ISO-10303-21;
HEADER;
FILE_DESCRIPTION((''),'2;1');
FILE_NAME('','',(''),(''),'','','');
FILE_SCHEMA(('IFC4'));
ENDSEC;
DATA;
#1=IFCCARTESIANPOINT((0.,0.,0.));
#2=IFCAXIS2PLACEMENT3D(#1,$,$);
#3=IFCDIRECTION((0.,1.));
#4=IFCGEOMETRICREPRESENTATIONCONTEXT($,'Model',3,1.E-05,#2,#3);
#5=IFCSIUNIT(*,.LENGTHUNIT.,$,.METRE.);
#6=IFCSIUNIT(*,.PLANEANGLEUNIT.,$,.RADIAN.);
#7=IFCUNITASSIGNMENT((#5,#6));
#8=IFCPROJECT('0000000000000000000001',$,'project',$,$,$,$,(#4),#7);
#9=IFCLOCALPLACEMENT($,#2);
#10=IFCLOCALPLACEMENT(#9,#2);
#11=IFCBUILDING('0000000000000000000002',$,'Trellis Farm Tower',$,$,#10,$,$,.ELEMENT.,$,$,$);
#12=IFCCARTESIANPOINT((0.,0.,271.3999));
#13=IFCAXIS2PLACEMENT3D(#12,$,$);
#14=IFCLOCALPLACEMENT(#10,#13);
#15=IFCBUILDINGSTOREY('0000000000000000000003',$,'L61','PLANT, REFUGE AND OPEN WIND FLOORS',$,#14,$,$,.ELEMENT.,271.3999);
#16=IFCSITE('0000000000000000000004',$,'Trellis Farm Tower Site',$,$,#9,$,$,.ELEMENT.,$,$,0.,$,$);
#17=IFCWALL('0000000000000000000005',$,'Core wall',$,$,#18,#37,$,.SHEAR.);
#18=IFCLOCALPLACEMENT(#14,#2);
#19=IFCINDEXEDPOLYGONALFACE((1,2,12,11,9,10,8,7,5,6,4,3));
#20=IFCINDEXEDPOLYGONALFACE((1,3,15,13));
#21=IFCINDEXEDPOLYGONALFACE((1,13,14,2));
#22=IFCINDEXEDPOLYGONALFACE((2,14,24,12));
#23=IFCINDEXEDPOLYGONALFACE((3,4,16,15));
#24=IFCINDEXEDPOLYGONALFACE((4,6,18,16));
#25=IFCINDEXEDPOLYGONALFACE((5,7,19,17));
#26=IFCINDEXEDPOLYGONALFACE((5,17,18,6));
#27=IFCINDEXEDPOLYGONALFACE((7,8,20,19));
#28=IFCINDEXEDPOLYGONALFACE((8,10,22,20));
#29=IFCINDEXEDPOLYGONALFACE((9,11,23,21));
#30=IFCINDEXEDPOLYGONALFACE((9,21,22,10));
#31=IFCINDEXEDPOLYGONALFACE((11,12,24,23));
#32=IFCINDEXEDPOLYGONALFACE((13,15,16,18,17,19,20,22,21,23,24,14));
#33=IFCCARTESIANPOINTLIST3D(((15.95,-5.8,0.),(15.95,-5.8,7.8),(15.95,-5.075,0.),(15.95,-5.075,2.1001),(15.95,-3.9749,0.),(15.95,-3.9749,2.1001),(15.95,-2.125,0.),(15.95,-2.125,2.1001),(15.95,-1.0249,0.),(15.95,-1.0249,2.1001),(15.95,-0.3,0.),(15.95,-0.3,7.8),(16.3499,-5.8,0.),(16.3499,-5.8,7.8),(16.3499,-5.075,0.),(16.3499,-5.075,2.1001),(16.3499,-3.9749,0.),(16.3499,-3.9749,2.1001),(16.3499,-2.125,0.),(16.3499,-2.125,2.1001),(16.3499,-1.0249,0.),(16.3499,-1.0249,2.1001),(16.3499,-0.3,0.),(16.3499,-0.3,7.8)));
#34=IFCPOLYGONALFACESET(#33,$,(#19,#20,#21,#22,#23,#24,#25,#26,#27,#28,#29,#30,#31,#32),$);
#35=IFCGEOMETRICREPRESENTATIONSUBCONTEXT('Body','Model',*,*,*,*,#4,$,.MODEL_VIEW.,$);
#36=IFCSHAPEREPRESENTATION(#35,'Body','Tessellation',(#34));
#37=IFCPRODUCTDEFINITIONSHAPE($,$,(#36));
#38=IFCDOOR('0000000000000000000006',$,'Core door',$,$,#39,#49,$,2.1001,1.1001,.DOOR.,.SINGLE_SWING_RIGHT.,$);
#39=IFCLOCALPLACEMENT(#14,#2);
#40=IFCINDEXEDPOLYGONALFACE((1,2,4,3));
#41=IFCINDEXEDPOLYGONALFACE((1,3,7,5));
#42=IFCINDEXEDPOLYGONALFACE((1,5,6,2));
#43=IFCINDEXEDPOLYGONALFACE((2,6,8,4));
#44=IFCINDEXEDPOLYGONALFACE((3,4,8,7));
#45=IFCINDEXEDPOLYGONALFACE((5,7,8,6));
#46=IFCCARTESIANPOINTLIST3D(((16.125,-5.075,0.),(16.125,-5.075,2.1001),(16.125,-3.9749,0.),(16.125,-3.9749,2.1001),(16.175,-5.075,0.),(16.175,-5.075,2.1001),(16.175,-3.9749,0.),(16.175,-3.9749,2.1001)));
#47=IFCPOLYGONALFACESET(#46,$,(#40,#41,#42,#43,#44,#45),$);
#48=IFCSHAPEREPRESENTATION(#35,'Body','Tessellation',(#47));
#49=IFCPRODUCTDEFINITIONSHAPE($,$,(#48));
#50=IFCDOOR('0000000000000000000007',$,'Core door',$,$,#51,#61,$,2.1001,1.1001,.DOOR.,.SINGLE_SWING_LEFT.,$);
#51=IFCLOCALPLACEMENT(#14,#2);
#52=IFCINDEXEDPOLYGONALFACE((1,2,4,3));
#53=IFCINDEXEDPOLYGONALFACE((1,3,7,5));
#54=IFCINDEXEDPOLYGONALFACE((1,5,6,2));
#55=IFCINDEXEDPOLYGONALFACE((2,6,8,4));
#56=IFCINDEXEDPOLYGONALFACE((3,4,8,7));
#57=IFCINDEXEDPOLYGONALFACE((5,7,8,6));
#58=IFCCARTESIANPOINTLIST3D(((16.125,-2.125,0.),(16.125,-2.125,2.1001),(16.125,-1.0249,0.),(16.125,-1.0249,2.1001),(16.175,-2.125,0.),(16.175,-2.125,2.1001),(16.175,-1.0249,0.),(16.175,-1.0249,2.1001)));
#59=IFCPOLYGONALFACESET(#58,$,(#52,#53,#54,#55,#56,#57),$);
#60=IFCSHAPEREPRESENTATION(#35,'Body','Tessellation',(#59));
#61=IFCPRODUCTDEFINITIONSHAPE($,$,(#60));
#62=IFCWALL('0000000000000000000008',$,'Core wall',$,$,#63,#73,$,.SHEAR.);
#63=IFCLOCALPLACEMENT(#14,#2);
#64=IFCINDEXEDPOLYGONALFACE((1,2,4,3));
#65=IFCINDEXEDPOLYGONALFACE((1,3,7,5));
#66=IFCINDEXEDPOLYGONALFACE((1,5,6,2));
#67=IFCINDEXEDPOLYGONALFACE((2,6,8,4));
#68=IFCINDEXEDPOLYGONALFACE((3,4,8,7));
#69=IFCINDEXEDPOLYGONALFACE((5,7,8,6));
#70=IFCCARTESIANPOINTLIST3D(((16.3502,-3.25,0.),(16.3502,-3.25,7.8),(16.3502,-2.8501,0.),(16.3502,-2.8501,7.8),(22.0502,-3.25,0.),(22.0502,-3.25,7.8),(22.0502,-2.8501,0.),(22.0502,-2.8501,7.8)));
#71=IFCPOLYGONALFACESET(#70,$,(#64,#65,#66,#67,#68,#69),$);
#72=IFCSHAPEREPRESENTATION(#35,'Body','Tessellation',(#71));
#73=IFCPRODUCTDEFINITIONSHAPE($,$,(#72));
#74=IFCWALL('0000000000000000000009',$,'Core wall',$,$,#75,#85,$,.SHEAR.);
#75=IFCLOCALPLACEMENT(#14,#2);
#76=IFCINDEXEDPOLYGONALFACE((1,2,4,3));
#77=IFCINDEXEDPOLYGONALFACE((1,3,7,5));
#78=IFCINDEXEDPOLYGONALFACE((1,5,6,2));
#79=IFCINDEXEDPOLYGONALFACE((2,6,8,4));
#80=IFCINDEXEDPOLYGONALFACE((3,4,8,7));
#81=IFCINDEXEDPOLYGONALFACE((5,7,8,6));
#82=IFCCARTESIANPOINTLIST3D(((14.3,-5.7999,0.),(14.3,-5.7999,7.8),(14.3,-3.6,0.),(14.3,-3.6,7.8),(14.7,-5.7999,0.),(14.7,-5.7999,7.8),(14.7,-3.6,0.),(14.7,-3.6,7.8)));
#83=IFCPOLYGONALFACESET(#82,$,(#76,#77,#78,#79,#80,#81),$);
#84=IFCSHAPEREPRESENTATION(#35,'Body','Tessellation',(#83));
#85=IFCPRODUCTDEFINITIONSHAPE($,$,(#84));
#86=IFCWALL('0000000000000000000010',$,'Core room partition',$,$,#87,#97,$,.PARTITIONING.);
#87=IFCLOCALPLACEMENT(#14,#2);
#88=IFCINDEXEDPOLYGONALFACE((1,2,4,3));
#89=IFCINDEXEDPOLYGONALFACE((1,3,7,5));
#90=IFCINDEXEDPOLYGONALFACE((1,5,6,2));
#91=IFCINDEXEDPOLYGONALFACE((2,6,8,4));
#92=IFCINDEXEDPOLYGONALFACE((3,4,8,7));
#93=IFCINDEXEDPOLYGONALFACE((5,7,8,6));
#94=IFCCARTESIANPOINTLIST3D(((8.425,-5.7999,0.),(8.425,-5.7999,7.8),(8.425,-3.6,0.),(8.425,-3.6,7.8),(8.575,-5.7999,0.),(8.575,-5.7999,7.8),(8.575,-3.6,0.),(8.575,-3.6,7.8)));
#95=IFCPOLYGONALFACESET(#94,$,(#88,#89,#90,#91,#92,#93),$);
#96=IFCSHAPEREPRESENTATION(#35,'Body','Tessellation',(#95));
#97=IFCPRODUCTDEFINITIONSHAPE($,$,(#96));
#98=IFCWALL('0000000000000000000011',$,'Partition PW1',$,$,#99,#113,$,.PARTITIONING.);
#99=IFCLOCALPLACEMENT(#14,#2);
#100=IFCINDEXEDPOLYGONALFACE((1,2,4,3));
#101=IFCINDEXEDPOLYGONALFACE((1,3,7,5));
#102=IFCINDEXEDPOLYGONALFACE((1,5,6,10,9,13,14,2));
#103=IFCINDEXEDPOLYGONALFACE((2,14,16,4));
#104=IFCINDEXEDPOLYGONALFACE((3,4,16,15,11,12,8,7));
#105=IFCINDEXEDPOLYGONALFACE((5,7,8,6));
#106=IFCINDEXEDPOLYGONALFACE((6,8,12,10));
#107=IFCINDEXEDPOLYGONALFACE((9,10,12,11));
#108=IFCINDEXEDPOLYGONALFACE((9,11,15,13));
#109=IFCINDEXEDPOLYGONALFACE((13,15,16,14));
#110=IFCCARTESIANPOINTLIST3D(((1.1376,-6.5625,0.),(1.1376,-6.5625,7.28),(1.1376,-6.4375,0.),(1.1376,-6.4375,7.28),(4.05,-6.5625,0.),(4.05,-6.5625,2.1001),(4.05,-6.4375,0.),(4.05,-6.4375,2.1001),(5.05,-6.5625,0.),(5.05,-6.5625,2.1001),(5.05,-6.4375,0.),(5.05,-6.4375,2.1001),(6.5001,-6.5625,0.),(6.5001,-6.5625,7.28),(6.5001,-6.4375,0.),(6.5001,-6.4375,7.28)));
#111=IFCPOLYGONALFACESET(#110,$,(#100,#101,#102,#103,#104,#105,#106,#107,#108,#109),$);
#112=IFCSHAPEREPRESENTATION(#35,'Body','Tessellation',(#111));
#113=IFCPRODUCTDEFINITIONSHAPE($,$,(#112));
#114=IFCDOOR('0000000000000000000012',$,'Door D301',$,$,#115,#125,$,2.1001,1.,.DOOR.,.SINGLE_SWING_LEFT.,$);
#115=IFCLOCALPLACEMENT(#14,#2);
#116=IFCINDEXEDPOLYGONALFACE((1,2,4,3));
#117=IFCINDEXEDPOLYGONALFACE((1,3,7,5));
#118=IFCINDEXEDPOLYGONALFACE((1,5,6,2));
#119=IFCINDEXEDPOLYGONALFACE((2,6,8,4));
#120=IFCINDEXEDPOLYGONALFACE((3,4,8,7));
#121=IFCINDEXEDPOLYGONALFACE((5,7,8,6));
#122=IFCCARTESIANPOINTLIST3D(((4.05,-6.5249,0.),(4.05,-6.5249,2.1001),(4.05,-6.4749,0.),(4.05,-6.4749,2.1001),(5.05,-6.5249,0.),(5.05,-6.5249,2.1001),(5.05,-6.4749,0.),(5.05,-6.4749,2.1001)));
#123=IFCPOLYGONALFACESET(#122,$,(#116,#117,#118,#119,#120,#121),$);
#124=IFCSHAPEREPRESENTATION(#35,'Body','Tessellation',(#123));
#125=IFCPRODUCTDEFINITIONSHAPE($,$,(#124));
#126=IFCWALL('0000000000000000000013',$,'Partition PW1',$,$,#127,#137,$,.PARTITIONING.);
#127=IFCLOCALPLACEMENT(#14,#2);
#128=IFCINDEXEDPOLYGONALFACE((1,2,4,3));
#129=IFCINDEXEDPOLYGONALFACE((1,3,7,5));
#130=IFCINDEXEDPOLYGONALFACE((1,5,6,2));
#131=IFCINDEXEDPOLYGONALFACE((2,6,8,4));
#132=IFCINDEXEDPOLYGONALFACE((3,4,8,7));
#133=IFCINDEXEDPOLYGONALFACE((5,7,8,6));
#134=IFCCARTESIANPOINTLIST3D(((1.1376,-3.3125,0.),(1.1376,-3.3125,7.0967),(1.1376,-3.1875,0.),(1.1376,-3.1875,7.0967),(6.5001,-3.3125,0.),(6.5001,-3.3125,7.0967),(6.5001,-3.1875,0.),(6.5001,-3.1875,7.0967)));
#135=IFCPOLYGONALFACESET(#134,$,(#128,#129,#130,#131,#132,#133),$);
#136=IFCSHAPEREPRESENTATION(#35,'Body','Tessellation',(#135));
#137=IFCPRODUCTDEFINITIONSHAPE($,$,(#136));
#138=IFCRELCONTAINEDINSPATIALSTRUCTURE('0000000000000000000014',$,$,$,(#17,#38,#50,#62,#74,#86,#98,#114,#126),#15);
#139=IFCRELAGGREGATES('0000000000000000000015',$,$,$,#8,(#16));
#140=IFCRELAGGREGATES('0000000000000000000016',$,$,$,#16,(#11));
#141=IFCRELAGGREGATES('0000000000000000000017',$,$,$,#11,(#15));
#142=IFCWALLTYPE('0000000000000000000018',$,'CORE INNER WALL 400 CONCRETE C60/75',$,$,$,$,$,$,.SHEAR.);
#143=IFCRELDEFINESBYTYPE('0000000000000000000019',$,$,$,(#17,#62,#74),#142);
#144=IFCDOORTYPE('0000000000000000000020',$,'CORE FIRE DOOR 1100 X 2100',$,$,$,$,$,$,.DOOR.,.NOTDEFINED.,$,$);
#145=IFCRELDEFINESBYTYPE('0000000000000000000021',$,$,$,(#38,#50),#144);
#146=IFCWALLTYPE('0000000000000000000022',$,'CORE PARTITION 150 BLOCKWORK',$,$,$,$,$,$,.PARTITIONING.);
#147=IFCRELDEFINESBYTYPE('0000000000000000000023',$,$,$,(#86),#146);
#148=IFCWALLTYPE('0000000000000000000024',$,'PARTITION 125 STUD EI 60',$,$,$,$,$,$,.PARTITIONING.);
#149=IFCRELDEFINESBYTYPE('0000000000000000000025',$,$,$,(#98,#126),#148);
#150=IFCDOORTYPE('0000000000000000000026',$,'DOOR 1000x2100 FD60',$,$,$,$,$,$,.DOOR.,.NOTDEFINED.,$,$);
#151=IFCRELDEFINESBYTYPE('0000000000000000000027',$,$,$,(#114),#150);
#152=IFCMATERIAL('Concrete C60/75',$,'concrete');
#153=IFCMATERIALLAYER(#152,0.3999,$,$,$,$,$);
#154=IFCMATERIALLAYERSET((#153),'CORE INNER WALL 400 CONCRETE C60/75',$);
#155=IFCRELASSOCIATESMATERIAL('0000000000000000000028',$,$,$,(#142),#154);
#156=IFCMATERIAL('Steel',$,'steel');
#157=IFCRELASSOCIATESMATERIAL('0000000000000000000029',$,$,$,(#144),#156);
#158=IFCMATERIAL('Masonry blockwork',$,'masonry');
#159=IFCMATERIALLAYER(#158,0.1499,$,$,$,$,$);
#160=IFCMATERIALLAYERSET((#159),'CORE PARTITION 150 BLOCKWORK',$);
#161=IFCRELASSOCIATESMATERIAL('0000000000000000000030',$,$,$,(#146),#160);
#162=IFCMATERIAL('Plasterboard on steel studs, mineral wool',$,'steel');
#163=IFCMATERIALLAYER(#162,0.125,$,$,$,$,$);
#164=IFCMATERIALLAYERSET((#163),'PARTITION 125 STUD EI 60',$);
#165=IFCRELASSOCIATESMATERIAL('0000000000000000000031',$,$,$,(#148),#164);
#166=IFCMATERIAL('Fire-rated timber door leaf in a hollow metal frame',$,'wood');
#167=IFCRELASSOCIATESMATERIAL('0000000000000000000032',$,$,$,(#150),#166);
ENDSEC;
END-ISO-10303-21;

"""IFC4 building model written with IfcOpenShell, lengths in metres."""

from ifc_helpers import new_model, si_unit, direction, frame, frame_2d, origin, place, context, subcontext, project, spatial, rectangle, extrude, source, transform, mapped, material, layer, layer_set, type_object, element, fill, save


model = new_model("IFC4")

# Units and contexts
model_context = context("Model", 3, precision=1e-05, world=origin(), true_north=direction((0.0, 1.0)))
body_context = subcontext(model_context, "Body", "Model", "MODEL_VIEW")
ifc_project = project(units=[si_unit("LENGTHUNIT", "METRE"), si_unit("PLANEANGLEUNIT", "RADIAN")], contexts=[model_context])

# Site, building, storey
site_placement = place(None, origin())
site = spatial("IfcSite", under=ifc_project, at=site_placement, Name="Trellis Farm Tower Site", CompositionType="ELEMENT", RefElevation=0.0)
building_placement = place(site_placement, origin())
building = spatial("IfcBuilding", under=site, at=building_placement, Name="Trellis Farm Tower", CompositionType="ELEMENT")
storey_placement = place(building_placement, frame((0.0, 0.0, 271.3999)))
storey = spatial("IfcBuildingStorey", under=building, at=storey_placement, Name="L61", Description="PLANT, REFUGE AND OPEN WIND FLOORS", CompositionType="ELEMENT", Elevation=271.3999)

# Shared definitions
ifc_material_1 = material(Name="Concrete C60/75", Category="concrete")
ifc_material_2 = material(Name="Steel", Category="steel")

# Shared definitions
ifc_layer_1 = layer(ifc_material_1, 0.3999)
ifc_layer_set_1 = layer_set([ifc_layer_1], Name="CORE INNER WALL 400 CONCRETE C60/75")
wall_type_1 = type_object("IfcWallType", Name="CORE INNER WALL 400 CONCRETE C60/75", PredefinedType="SHEAR", material=ifc_layer_set_1)

# Shared definitions
shared_shape_1 = source(origin(), body_context, "Body", "SweptSolid", [
    extrude(rectangle(XDim=1.0, YDim=2.1001, at=frame_2d((0.5, 1.05))), frame((0.0, 0.0249, 0.0), z_axis=(0.0, -1.0, 0.0), x_axis=(1.0, 0.0, 0.0)), (0.0, 0.0, 1.0), 0.05),
])

# Wall, openings, doors
shared_shape_2 = source(origin(), body_context, "Body", "SweptSolid", [
    extrude(rectangle(XDim=5.5, YDim=0.3999, at=frame_2d((2.75, 0.0))), origin(), (0.0, 0.0, 1.0), 7.8),
])
wall_1_placement = place(storey_placement, frame((16.1499, -5.8, 0.0), z_axis=(0.0, 0.0, 1.0), x_axis=(0.0, 1.0, 0.0)))
wall_1 = element("IfcWall", 1, at=wall_1_placement, inside=storey, type_object=wall_type_1, Name="Core wall", PredefinedType="SHEAR", context=body_context, shape_type="MappedRepresentation", body=[
    mapped(shared_shape_2, transform((0.0, 0.0, 0.0))),
])
shared_shape_3 = source(origin(), body_context, "Body", "SweptSolid", [
    extrude(rectangle(XDim=1.1001, YDim=2.1001, at=frame_2d((0.55, 1.05))), frame((0.0, 0.21, 0.0), z_axis=(0.0, -1.0, 0.0), x_axis=(1.0, 0.0, 0.0)), (0.0, 0.0, 1.0), 0.4199),
])
opening_1_placement = place(wall_1_placement, frame((0.7251, 0.0, 0.0)))
opening_1 = element("IfcOpeningElement", 2, at=opening_1_placement, cuts=wall_1, PredefinedType="OPENING", context=body_context, shape_type="MappedRepresentation", body=[
    mapped(shared_shape_3, transform((0.0, 0.0, 0.0))),
])
opening_2_placement = place(wall_1_placement, frame((3.675, 0.0, 0.0)))
opening_2 = element("IfcOpeningElement", 3, at=opening_2_placement, cuts=wall_1, PredefinedType="OPENING", context=body_context, shape_type="MappedRepresentation", body=[
    mapped(shared_shape_3, transform((0.0, 0.0, 0.0))),
])
door_type_1 = type_object("IfcDoorType", Name="CORE FIRE DOOR 1100 X 2100", OperationType="NOTDEFINED", PredefinedType="DOOR", material=ifc_material_2)
shared_shape_4 = source(origin(), body_context, "Body", "SweptSolid", [
    extrude(rectangle(XDim=1.1001, YDim=2.1001, at=frame_2d((0.55, 1.05))), frame((0.0, 0.0249, 0.0), z_axis=(0.0, -1.0, 0.0), x_axis=(1.0, 0.0, 0.0)), (0.0, 0.0, 1.0), 0.05),
])
door_1_placement = place(opening_1_placement, origin())
door_1 = element("IfcDoor", 4, at=door_1_placement, inside=storey, type_object=door_type_1, Name="Core door", OperationType="SINGLE_SWING_RIGHT", OverallHeight=2.1001, OverallWidth=1.1001, PredefinedType="DOOR", context=body_context, shape_type="MappedRepresentation", body=[
    mapped(shared_shape_4, transform((0.0, 0.0, 0.0))),
])
fill(opening_1, door_1)
door_2_placement = place(opening_2_placement, origin())
door_2 = element("IfcDoor", 5, at=door_2_placement, inside=storey, type_object=door_type_1, Name="Core door", OperationType="SINGLE_SWING_LEFT", OverallHeight=2.1001, OverallWidth=1.1001, PredefinedType="DOOR", context=body_context, shape_type="MappedRepresentation", body=[
    mapped(shared_shape_4, transform((0.0, 0.0, 0.0))),
])
fill(opening_2, door_2)

# Walls
shared_shape_5 = source(origin(), body_context, "Body", "SweptSolid", [
    extrude(rectangle(XDim=5.7, YDim=0.3999, at=frame_2d((2.8501, 0.0))), origin(), (0.0, 0.0, 1.0), 7.8),
])
wall_2_placement = place(storey_placement, frame((16.3501, -3.05, 0.0), z_axis=(0.0, 0.0, 1.0), x_axis=(1.0, 0.0, 0.0)))
element("IfcWall", 6, at=wall_2_placement, inside=storey, type_object=wall_type_1, Name="Core wall", PredefinedType="SHEAR", context=body_context, shape_type="MappedRepresentation", body=[
    mapped(shared_shape_5, transform((0.0, 0.0, 0.0))),
])
shared_shape_6 = source(origin(), body_context, "Body", "SweptSolid", [
    extrude(rectangle(XDim=2.2, YDim=0.3999, at=frame_2d((1.1001, 0.0))), origin(), (0.0, 0.0, 1.0), 7.8),
])
wall_3_placement = place(storey_placement, frame((14.5, -5.8, 0.0), z_axis=(0.0, 0.0, 1.0), x_axis=(0.0, 1.0, 0.0)))
element("IfcWall", 7, at=wall_3_placement, inside=storey, type_object=wall_type_1, Name="Core wall", PredefinedType="SHEAR", context=body_context, shape_type="MappedRepresentation", body=[
    mapped(shared_shape_6, transform((0.0, 0.0, 0.0))),
])
ifc_material_3 = material(Name="Masonry blockwork", Category="masonry")
ifc_layer_2 = layer(ifc_material_3, 0.1499)
ifc_layer_set_2 = layer_set([ifc_layer_2], Name="CORE PARTITION 150 BLOCKWORK")
wall_type_2 = type_object("IfcWallType", Name="CORE PARTITION 150 BLOCKWORK", PredefinedType="PARTITIONING", material=ifc_layer_set_2)
shared_shape_7 = source(origin(), body_context, "Body", "SweptSolid", [
    extrude(rectangle(XDim=2.2, YDim=0.1499, at=frame_2d((1.1001, 0.0))), origin(), (0.0, 0.0, 1.0), 7.8),
])
wall_4_placement = place(storey_placement, frame((8.5, -5.8, 0.0), z_axis=(0.0, 0.0, 1.0), x_axis=(0.0, 1.0, 0.0)))
element("IfcWall", 8, at=wall_4_placement, inside=storey, type_object=wall_type_2, Name="Core room partition", PredefinedType="PARTITIONING", context=body_context, shape_type="MappedRepresentation", body=[
    mapped(shared_shape_7, transform((0.0, 0.0, 0.0))),
])

# Wall, opening, door
ifc_material_4 = material(Name="Plasterboard on steel studs, mineral wool", Category="steel")
ifc_layer_3 = layer(ifc_material_4, 0.125)
ifc_layer_set_3 = layer_set([ifc_layer_3], Name="PARTITION 125 STUD EI 60")
wall_type_3 = type_object("IfcWallType", Name="PARTITION 125 STUD EI 60", PredefinedType="PARTITIONING", material=ifc_layer_set_3)
shared_shape_8 = source(origin(), body_context, "Body", "SweptSolid", [
    extrude(rectangle(XDim=5.3625, YDim=0.125, at=frame_2d((2.6812, 0.0))), origin(), (0.0, 0.0, 1.0), 7.28),
])
wall_5_placement = place(storey_placement, frame((6.5, -6.5, 0.0), z_axis=(0.0, 0.0, 1.0), x_axis=(-1.0, 0.0, 0.0)))
wall_5 = element("IfcWall", 9, at=wall_5_placement, inside=storey, type_object=wall_type_3, Name="Partition PW1", PredefinedType="PARTITIONING", context=body_context, shape_type="MappedRepresentation", body=[
    mapped(shared_shape_8, transform((0.0, 0.0, 0.0))),
])
shared_shape_9 = source(origin(), body_context, "Body", "SweptSolid", [
    extrude(rectangle(XDim=1.0, YDim=2.1001, at=frame_2d((0.5, 1.05))), frame((0.0, 0.0725, 0.0), z_axis=(0.0, -1.0, 0.0), x_axis=(1.0, 0.0, 0.0)), (0.0, 0.0, 1.0), 0.145),
])
opening_3_placement = place(wall_5_placement, frame((1.45, 0.0, 0.0)))
opening_3 = element("IfcOpeningElement", 10, at=opening_3_placement, cuts=wall_5, PredefinedType="OPENING", context=body_context, shape_type="MappedRepresentation", body=[
    mapped(shared_shape_9, transform((0.0, 0.0, 0.0))),
])
ifc_material_5 = material(Name="Fire-rated timber door leaf in a hollow metal frame", Category="wood")
door_type_2 = type_object("IfcDoorType", Name="DOOR 1000x2100 FD60", OperationType="NOTDEFINED", PredefinedType="DOOR", material=ifc_material_5)
door_3_placement = place(opening_3_placement, origin())
door_3 = element("IfcDoor", 11, at=door_3_placement, inside=storey, type_object=door_type_2, Name="Door D301", OperationType="SINGLE_SWING_LEFT", OverallHeight=2.1001, OverallWidth=1.0, PredefinedType="DOOR", context=body_context, shape_type="MappedRepresentation", body=[
    mapped(shared_shape_1, transform((0.0, 0.0, 0.0))),
])
fill(opening_3, door_3)

# Wall
shared_shape_10 = source(origin(), body_context, "Body", "SweptSolid", [
    extrude(rectangle(XDim=5.3625, YDim=0.125, at=frame_2d((2.6812, 0.0))), origin(), (0.0, 0.0, 1.0), 7.0967),
])
wall_6_placement = place(storey_placement, frame((6.5, -3.25, 0.0), z_axis=(0.0, 0.0, 1.0), x_axis=(-1.0, 0.0, 0.0)))
element("IfcWall", 12, at=wall_6_placement, inside=storey, type_object=wall_type_3, Name="Partition PW1", PredefinedType="PARTITIONING", context=body_context, shape_type="MappedRepresentation", body=[
    mapped(shared_shape_10, transform((0.0, 0.0, 0.0))),
])

save(model, "model.ifc")
